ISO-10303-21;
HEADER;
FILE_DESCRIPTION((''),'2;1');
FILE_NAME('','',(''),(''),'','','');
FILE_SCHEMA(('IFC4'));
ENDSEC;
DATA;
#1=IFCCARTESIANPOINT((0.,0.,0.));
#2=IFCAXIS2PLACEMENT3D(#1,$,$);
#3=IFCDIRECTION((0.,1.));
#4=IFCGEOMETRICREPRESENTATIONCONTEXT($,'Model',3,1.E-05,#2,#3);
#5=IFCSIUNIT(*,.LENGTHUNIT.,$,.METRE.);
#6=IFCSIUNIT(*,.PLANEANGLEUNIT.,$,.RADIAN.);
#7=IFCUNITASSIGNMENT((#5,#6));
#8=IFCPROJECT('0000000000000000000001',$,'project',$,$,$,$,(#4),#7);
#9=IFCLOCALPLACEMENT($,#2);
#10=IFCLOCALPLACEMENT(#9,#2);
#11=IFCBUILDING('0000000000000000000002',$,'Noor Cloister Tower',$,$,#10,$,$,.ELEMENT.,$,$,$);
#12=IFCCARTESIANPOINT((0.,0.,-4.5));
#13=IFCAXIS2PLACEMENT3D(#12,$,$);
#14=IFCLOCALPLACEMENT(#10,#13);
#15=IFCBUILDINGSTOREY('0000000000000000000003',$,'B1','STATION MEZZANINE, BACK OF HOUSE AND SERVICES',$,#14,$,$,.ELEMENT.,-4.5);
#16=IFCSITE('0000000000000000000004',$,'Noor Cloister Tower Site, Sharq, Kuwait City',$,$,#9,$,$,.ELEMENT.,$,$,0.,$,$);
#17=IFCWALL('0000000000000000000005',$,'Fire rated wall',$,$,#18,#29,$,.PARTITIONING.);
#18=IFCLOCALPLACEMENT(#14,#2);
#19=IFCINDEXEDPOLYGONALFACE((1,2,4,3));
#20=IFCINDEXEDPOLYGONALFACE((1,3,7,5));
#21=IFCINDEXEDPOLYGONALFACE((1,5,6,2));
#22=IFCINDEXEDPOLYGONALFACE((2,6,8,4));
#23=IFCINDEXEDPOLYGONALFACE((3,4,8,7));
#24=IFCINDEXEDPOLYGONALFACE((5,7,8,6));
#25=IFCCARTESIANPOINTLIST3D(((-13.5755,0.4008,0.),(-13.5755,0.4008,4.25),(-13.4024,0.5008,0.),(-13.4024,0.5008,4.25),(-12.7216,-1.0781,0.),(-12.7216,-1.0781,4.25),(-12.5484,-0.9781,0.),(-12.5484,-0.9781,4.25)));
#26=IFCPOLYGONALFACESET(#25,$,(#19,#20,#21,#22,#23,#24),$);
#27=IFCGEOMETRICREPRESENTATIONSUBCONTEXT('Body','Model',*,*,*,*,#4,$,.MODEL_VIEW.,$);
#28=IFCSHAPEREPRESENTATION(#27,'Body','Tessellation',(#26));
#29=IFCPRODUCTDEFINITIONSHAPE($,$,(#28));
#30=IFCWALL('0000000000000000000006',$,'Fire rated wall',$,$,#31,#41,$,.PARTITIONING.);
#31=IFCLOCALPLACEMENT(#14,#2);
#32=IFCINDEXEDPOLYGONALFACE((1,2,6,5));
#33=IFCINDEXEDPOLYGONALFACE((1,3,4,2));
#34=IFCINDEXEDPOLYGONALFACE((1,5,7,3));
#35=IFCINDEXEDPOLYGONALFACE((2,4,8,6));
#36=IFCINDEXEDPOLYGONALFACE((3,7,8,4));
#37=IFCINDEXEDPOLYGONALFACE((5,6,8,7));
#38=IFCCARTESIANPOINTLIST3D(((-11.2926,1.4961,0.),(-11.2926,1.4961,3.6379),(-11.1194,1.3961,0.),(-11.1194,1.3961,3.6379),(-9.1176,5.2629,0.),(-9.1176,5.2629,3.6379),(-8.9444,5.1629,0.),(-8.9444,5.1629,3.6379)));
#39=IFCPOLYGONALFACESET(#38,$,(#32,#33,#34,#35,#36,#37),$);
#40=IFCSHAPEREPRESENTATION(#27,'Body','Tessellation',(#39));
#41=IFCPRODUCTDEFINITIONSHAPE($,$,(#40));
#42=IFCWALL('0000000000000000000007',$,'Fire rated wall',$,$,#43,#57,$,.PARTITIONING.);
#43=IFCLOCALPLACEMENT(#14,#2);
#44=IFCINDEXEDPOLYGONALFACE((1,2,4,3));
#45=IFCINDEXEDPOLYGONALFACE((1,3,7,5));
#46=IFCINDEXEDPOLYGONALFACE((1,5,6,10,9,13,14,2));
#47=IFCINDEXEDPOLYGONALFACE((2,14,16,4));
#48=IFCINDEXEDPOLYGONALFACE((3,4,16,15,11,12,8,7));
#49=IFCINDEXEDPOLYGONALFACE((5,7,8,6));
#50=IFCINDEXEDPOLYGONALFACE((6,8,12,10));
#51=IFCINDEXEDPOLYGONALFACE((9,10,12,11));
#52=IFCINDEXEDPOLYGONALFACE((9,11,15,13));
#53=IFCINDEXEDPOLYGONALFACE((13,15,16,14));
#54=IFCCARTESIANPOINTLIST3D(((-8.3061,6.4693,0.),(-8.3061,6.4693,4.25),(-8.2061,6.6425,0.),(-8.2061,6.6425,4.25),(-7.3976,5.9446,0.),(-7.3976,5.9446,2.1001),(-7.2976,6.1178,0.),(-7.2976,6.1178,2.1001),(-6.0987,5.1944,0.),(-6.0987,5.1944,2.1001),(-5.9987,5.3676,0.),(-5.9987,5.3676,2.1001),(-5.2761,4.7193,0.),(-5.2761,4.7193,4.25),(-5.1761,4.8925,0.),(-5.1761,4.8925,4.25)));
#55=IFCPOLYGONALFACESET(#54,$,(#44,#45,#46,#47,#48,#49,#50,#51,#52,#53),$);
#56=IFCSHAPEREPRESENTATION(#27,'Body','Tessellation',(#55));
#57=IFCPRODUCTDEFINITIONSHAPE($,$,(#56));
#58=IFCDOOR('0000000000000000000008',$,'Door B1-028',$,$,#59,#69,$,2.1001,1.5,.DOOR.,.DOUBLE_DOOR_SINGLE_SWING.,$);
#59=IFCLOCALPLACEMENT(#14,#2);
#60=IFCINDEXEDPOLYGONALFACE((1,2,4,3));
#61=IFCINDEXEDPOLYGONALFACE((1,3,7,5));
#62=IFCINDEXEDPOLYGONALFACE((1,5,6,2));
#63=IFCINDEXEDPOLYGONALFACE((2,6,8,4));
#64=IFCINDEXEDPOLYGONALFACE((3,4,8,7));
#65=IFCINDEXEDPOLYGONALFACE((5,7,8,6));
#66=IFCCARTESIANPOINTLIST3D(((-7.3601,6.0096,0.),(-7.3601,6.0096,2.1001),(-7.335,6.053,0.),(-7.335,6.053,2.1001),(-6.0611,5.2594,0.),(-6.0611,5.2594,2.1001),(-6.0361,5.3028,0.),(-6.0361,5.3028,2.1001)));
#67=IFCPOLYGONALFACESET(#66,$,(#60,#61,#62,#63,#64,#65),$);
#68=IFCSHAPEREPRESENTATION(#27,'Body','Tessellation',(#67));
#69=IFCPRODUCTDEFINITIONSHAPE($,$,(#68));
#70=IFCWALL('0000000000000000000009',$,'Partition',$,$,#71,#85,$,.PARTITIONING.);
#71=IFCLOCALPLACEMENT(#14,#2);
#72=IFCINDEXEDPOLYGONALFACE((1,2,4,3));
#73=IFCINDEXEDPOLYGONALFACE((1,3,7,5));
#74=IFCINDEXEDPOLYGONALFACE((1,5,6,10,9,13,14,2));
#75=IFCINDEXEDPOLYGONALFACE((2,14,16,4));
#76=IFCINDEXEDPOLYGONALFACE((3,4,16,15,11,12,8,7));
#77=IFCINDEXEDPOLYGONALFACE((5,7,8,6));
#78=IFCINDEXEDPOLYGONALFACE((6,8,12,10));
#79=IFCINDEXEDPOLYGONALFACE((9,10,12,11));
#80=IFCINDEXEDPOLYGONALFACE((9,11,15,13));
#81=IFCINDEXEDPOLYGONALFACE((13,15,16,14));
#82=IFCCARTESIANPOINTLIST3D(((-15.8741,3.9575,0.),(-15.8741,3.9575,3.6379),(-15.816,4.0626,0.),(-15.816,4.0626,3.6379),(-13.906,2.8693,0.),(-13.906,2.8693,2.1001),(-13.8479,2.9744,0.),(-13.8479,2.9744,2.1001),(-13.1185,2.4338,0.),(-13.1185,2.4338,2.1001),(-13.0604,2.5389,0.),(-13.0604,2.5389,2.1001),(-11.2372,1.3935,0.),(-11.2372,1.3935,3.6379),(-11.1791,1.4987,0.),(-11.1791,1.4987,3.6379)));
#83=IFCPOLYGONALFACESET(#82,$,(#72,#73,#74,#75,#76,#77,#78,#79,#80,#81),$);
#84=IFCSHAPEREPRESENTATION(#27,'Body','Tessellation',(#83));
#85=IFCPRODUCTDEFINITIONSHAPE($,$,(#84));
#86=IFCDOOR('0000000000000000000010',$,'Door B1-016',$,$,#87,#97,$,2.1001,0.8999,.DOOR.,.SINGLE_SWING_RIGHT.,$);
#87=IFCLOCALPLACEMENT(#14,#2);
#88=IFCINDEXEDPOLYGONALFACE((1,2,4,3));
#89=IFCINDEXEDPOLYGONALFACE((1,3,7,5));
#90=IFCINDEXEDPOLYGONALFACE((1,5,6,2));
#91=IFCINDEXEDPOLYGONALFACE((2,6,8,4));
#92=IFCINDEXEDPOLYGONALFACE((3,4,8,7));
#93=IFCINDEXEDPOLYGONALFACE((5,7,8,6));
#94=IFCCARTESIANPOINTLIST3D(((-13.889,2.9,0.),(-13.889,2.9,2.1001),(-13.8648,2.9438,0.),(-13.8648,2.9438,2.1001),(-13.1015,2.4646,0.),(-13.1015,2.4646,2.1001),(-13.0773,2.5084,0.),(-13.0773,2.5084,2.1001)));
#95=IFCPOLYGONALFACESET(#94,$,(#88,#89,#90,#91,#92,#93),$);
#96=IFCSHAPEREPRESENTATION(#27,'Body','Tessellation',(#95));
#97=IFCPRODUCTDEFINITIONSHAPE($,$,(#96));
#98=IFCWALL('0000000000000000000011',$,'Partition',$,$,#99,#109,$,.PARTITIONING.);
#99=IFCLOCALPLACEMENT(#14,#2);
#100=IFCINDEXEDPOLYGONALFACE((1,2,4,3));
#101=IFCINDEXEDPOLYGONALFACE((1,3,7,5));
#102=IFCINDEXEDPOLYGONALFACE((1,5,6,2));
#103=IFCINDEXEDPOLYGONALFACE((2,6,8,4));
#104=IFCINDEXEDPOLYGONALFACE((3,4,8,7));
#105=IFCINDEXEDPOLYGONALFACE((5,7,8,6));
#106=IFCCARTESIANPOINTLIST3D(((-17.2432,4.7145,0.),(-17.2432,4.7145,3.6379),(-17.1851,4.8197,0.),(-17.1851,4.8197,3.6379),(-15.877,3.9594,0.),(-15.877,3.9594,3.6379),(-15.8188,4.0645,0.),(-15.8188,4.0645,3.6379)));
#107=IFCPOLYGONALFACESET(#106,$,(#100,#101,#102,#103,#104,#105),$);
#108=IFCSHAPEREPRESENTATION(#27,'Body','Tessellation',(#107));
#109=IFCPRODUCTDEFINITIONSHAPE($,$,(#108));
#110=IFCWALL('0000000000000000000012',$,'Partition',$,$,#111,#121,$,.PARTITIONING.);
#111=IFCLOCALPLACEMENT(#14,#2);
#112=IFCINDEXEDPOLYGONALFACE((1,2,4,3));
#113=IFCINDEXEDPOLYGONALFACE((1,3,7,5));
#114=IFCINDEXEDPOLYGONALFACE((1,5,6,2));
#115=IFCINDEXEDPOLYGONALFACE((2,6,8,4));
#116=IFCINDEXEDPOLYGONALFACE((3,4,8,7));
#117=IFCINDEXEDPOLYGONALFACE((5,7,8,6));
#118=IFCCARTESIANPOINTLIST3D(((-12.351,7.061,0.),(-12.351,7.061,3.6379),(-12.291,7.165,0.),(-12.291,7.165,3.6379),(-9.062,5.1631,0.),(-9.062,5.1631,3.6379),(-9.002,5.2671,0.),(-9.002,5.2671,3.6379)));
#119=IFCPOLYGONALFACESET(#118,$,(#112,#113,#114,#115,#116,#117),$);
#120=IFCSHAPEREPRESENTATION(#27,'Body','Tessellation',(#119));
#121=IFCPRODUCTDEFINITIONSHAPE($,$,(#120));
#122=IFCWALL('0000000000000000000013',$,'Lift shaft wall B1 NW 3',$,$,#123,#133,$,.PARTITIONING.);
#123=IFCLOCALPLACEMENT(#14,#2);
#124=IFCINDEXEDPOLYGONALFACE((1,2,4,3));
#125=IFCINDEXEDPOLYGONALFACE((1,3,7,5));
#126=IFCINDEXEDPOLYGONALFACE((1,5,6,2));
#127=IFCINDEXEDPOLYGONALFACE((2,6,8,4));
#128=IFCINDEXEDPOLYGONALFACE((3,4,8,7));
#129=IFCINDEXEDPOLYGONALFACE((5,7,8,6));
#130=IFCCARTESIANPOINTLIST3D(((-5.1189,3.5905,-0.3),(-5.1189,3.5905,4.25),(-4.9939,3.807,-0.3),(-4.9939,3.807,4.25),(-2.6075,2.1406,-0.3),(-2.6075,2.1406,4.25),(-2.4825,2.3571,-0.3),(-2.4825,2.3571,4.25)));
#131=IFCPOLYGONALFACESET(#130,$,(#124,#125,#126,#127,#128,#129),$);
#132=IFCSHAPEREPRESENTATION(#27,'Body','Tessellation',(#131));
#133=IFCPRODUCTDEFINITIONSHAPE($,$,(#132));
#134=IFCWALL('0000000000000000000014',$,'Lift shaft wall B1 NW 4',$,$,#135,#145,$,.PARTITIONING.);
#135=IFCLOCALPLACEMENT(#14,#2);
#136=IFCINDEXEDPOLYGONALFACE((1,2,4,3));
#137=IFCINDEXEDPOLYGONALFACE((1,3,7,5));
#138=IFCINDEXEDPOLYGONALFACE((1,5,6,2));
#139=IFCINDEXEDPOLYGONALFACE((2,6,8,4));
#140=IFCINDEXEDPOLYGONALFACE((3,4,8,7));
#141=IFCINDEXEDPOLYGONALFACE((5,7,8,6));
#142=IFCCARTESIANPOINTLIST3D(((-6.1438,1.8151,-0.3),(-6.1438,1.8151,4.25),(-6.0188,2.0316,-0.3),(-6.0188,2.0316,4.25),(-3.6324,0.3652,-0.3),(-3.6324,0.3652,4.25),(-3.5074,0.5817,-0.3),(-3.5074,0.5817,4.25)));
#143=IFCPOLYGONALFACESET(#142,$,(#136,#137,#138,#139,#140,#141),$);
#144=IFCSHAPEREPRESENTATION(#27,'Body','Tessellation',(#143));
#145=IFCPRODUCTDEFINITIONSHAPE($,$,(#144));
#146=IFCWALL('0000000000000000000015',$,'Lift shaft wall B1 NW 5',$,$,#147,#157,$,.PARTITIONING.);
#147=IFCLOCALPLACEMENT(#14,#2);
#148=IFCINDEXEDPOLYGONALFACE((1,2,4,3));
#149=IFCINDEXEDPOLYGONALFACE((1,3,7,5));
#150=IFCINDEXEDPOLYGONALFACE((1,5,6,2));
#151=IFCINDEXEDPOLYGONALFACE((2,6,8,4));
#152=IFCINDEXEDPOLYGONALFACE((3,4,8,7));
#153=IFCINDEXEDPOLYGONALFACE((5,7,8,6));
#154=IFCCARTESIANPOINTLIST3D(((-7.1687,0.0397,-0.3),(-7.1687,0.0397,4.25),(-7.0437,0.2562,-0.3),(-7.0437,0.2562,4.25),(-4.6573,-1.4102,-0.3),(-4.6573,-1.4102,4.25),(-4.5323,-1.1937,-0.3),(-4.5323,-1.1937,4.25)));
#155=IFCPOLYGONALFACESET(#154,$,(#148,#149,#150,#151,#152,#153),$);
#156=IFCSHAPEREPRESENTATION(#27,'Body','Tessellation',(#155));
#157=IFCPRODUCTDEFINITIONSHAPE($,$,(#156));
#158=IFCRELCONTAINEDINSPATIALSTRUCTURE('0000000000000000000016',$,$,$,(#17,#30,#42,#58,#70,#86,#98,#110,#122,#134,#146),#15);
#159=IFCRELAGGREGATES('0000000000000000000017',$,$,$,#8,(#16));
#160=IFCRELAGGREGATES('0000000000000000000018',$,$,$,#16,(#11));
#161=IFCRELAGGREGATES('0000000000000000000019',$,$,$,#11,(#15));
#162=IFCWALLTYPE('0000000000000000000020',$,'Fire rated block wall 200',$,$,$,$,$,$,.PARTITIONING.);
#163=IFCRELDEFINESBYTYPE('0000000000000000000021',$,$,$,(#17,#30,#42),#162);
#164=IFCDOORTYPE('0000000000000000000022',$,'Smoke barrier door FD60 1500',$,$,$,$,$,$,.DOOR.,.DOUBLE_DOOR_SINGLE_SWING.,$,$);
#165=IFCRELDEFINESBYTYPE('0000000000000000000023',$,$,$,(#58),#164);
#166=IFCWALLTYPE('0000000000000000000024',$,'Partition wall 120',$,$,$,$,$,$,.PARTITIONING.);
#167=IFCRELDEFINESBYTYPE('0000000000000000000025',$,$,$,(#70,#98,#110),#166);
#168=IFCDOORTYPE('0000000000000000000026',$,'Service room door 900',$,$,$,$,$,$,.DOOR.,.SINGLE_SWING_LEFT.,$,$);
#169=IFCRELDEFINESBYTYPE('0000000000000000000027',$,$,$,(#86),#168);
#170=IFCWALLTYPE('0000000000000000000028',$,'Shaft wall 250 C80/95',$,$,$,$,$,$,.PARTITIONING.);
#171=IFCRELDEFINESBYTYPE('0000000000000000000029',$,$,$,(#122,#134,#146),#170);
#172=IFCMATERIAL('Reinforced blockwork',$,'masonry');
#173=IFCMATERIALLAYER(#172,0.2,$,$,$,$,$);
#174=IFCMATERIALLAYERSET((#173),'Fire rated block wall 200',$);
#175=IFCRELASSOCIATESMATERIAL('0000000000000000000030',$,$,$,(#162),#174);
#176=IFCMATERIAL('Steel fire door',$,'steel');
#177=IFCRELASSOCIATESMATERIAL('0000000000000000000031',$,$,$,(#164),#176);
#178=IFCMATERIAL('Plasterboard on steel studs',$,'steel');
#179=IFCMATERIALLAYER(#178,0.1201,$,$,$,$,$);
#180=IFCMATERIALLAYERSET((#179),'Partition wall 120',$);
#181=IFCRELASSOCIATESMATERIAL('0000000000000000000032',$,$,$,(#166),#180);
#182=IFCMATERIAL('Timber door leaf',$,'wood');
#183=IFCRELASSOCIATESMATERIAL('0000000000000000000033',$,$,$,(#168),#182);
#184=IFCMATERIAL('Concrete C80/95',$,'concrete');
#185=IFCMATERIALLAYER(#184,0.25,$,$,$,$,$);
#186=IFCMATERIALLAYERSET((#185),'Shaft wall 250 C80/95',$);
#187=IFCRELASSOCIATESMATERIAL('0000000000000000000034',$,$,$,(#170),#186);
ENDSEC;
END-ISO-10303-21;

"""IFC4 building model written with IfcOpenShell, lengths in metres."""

from ifc_helpers import new_model, si_unit, direction, frame, frame_2d, origin, place, context, subcontext, project, spatial, rectangle, extrude, material, layer, layer_set, type_object, element, fill, save


model = new_model("IFC4")

# Units and contexts
model_context = context("Model", 3, precision=1e-05, world=origin(), true_north=direction((0.0, 1.0)))
body_context = subcontext(model_context, "Body", "Model", "MODEL_VIEW")
ifc_project = project(units=[si_unit("LENGTHUNIT", "METRE"), si_unit("PLANEANGLEUNIT", "RADIAN")], contexts=[model_context])

# Site, building, storey
site_placement = place(None, origin())
site = spatial("IfcSite", under=ifc_project, at=site_placement, Name="Noor Cloister Tower Site, Sharq, Kuwait City", CompositionType="ELEMENT", RefElevation=0.0)
building_placement = place(site_placement, origin())
building = spatial("IfcBuilding", under=site, at=building_placement, Name="Noor Cloister Tower", CompositionType="ELEMENT")
storey_placement = place(building_placement, frame((0.0, 0.0, -4.5)))
storey = spatial("IfcBuildingStorey", under=building, at=storey_placement, Name="B1", Description="STATION MEZZANINE, BACK OF HOUSE AND SERVICES", CompositionType="ELEMENT", Elevation=-4.5)

# Walls
ifc_material_1 = material(Name="Reinforced blockwork", Category="masonry")
ifc_layer_1 = layer(ifc_material_1, 0.2)
ifc_layer_set_1 = layer_set([ifc_layer_1], Name="Fire rated block wall 200")
wall_type_1 = type_object("IfcWallType", Name="Fire rated block wall 200", PredefinedType="PARTITIONING", material=ifc_layer_set_1)
wall_1_placement = place(storey_placement, frame((-13.489, 0.4509, 0.0), z_axis=(0.0, 0.0, 1.0), x_axis=(0.500044, -0.866, 0.0)))
element("IfcWall", 1, at=wall_1_placement, inside=storey, type_object=wall_type_1, Name="Fire rated wall", PredefinedType="PARTITIONING", context=body_context, shape_type="SweptSolid", body=[
    extrude(rectangle(XDim=1.7078, YDim=0.2, at=frame_2d((0.854, 0.0))), origin(), (0.0, 0.0, 1.0), 4.25),
])
wall_2_placement = place(storey_placement, frame((-9.031, 5.2129, 0.0), z_axis=(0.0, 0.0, 1.0), x_axis=(-0.500045, -0.866, 0.0)))
element("IfcWall", 2, at=wall_2_placement, inside=storey, type_object=wall_type_1, Name="Fire rated wall", PredefinedType="PARTITIONING", context=body_context, shape_type="SweptSolid", body=[
    extrude(rectangle(XDim=4.3496, YDim=0.2, at=frame_2d((2.1748, 0.0))), origin(), (0.0, 0.0, 1.0), 3.6379),
])

# Walls, openings, doors
wall_3_placement = place(storey_placement, frame((-5.2261, 4.8059, 0.0), z_axis=(0.0, 0.0, 1.0), x_axis=(-0.86595, 0.500131, 0.0)))
wall_3 = element("IfcWall", 3, at=wall_3_placement, inside=storey, type_object=wall_type_1, Name="Fire rated wall", PredefinedType="PARTITIONING", context=body_context, shape_type="SweptSolid", body=[
    extrude(rectangle(XDim=3.499, YDim=0.2, at=frame_2d((1.7495, 0.0))), origin(), (0.0, 0.0, 1.0), 4.25),
])
opening_1_placement = place(wall_3_placement, frame((0.95, 0.0, 0.0)))
opening_1 = element("IfcOpeningElement", 4, at=opening_1_placement, cuts=wall_3, PredefinedType="OPENING", context=body_context, shape_type="SweptSolid", body=[
    extrude(rectangle(XDim=1.5, YDim=2.1001, at=frame_2d((0.75, 1.05))), frame((0.0, 0.1099, 0.0), z_axis=(0.0, -1.0, 0.0), x_axis=(1.0, 0.0, 0.0)), (0.0, 0.0, 1.0), 0.22),
])
ifc_material_2 = material(Name="Steel fire door", Category="steel")
door_type_1 = type_object("IfcDoorType", Name="Smoke barrier door FD60 1500", OperationType="DOUBLE_DOOR_SINGLE_SWING", PredefinedType="DOOR", material=ifc_material_2)
door_1_placement = place(opening_1_placement, origin())
door_1 = element("IfcDoor", 5, at=door_1_placement, inside=storey, type_object=door_type_1, Name="Door B1-028", OperationType="DOUBLE_DOOR_SINGLE_SWING", OverallHeight=2.1001, OverallWidth=1.5, PredefinedType="DOOR", context=body_context, shape_type="SweptSolid", body=[
    extrude(rectangle(XDim=1.5, YDim=2.1001, at=frame_2d((0.75, 1.05))), frame((0.0, 0.0249, 0.0), z_axis=(0.0, -1.0, 0.0), x_axis=(1.0, 0.0, 0.0)), (0.0, 0.0, 1.0), 0.05),
])
fill(opening_1, door_1)
ifc_material_3 = material(Name="Plasterboard on steel studs", Category="steel")
ifc_layer_2 = layer(ifc_material_3, 0.1201)
ifc_layer_set_2 = layer_set([ifc_layer_2], Name="Partition wall 120")
wall_type_2 = type_object("IfcWallType", Name="Partition wall 120", PredefinedType="PARTITIONING", material=ifc_layer_set_2)
wall_4_placement = place(storey_placement, frame((-11.208, 1.446, 0.0), z_axis=(0.0, 0.0, 1.0), x_axis=(-0.875127, 0.483893, 0.0)))
wall_4 = element("IfcWall", 6, at=wall_4_placement, inside=storey, type_object=wall_type_2, Name="Partition", PredefinedType="PARTITIONING", context=body_context, shape_type="SweptSolid", body=[
    extrude(rectangle(XDim=5.2986, YDim=0.1201, at=frame_2d((2.6494, 0.0))), origin(), (0.0, 0.0, 1.0), 3.6379),
])
opening_2_placement = place(wall_4_placement, frame((2.1499, 0.0, 0.0)))
opening_2 = element("IfcOpeningElement", 7, at=opening_2_placement, cuts=wall_4, PredefinedType="OPENING", context=body_context, shape_type="SweptSolid", body=[
    extrude(rectangle(XDim=0.8999, YDim=2.1001, at=frame_2d((0.45, 1.05))), frame((0.0, 0.0701, 0.0), z_axis=(0.0, -1.0, 0.0), x_axis=(1.0, 0.0, 0.0)), (0.0, 0.0, 1.0), 0.1401),
])
ifc_material_4 = material(Name="Timber door leaf", Category="wood")
door_type_2 = type_object("IfcDoorType", Name="Service room door 900", OperationType="SINGLE_SWING_LEFT", PredefinedType="DOOR", material=ifc_material_4)
door_2_placement = place(opening_2_placement, origin())
door_2 = element("IfcDoor", 8, at=door_2_placement, inside=storey, type_object=door_type_2, Name="Door B1-016", OperationType="SINGLE_SWING_RIGHT", OverallHeight=2.1001, OverallWidth=0.8999, PredefinedType="DOOR", context=body_context, shape_type="SweptSolid", body=[
    extrude(rectangle(XDim=0.8999, YDim=2.1001, at=frame_2d((0.45, 1.05))), frame((0.0, 0.0249, 0.0), z_axis=(0.0, -1.0, 0.0), x_axis=(1.0, 0.0, 0.0)), (0.0, 0.0, 1.0), 0.05),
])
fill(opening_2, door_2)

# Walls
wall_5_placement = place(storey_placement, frame((-15.8479, 4.012, 0.0), z_axis=(0.0, 0.0, 1.0), x_axis=(-0.87521, 0.483743, 0.0)))
element("IfcWall", 9, at=wall_5_placement, inside=storey, type_object=wall_type_2, Name="Partition", PredefinedType="PARTITIONING", context=body_context, shape_type="SweptSolid", body=[
    extrude(rectangle(XDim=1.561, YDim=0.1201, at=frame_2d((0.7805, 0.0))), origin(), (0.0, 0.0, 1.0), 3.6379),
])
wall_6_placement = place(storey_placement, frame((-9.032, 5.2151, 0.0), z_axis=(0.0, 0.0, 1.0), x_axis=(-0.866138, 0.499804, 0.0)))
element("IfcWall", 10, at=wall_6_placement, inside=storey, type_object=wall_type_2, Name="Partition", PredefinedType="PARTITIONING", context=body_context, shape_type="SweptSolid", body=[
    extrude(rectangle(XDim=3.7974, YDim=0.1201, at=frame_2d((1.8987, 0.0))), origin(), (0.0, 0.0, 1.0), 3.6379),
])
ifc_material_5 = material(Name="Concrete C80/95", Category="concrete")
ifc_layer_3 = layer(ifc_material_5, 0.25)
ifc_layer_set_3 = layer_set([ifc_layer_3], Name="Shaft wall 250 C80/95")
wall_type_3 = type_object("IfcWallType", Name="Shaft wall 250 C80/95", PredefinedType="PARTITIONING", material=ifc_layer_set_3)
for number, where, z_axis, x_axis, name in (
    (11, (-5.0564, 3.6987, -0.3), (0.0, 0.0, 1.0), (0.866033, -0.499987, 0.0), "Lift shaft wall B1 NW 3"),
    (12, (-6.0813, 1.9233, -0.3), (0.0, 0.0, 1.0), (0.866033, -0.499987, 0.0), "Lift shaft wall B1 NW 4"),
    (13, (-7.1062, 0.1479, -0.3), (0.0, 0.0, 1.0), (0.866033, -0.499987, 0.0), "Lift shaft wall B1 NW 5"),
):
    element("IfcWall", number, at=place(storey_placement, frame(where, z_axis=z_axis, x_axis=x_axis)), inside=storey, type_object=wall_type_3, Name=name, PredefinedType="PARTITIONING", context=body_context, shape_type="SweptSolid", body=[
        extrude(rectangle(XDim=2.8999, YDim=0.25, at=frame_2d((1.45, 0.0))), origin(), (0.0, 0.0, 1.0), 4.55),
    ])

save(model, "model.ifc")
